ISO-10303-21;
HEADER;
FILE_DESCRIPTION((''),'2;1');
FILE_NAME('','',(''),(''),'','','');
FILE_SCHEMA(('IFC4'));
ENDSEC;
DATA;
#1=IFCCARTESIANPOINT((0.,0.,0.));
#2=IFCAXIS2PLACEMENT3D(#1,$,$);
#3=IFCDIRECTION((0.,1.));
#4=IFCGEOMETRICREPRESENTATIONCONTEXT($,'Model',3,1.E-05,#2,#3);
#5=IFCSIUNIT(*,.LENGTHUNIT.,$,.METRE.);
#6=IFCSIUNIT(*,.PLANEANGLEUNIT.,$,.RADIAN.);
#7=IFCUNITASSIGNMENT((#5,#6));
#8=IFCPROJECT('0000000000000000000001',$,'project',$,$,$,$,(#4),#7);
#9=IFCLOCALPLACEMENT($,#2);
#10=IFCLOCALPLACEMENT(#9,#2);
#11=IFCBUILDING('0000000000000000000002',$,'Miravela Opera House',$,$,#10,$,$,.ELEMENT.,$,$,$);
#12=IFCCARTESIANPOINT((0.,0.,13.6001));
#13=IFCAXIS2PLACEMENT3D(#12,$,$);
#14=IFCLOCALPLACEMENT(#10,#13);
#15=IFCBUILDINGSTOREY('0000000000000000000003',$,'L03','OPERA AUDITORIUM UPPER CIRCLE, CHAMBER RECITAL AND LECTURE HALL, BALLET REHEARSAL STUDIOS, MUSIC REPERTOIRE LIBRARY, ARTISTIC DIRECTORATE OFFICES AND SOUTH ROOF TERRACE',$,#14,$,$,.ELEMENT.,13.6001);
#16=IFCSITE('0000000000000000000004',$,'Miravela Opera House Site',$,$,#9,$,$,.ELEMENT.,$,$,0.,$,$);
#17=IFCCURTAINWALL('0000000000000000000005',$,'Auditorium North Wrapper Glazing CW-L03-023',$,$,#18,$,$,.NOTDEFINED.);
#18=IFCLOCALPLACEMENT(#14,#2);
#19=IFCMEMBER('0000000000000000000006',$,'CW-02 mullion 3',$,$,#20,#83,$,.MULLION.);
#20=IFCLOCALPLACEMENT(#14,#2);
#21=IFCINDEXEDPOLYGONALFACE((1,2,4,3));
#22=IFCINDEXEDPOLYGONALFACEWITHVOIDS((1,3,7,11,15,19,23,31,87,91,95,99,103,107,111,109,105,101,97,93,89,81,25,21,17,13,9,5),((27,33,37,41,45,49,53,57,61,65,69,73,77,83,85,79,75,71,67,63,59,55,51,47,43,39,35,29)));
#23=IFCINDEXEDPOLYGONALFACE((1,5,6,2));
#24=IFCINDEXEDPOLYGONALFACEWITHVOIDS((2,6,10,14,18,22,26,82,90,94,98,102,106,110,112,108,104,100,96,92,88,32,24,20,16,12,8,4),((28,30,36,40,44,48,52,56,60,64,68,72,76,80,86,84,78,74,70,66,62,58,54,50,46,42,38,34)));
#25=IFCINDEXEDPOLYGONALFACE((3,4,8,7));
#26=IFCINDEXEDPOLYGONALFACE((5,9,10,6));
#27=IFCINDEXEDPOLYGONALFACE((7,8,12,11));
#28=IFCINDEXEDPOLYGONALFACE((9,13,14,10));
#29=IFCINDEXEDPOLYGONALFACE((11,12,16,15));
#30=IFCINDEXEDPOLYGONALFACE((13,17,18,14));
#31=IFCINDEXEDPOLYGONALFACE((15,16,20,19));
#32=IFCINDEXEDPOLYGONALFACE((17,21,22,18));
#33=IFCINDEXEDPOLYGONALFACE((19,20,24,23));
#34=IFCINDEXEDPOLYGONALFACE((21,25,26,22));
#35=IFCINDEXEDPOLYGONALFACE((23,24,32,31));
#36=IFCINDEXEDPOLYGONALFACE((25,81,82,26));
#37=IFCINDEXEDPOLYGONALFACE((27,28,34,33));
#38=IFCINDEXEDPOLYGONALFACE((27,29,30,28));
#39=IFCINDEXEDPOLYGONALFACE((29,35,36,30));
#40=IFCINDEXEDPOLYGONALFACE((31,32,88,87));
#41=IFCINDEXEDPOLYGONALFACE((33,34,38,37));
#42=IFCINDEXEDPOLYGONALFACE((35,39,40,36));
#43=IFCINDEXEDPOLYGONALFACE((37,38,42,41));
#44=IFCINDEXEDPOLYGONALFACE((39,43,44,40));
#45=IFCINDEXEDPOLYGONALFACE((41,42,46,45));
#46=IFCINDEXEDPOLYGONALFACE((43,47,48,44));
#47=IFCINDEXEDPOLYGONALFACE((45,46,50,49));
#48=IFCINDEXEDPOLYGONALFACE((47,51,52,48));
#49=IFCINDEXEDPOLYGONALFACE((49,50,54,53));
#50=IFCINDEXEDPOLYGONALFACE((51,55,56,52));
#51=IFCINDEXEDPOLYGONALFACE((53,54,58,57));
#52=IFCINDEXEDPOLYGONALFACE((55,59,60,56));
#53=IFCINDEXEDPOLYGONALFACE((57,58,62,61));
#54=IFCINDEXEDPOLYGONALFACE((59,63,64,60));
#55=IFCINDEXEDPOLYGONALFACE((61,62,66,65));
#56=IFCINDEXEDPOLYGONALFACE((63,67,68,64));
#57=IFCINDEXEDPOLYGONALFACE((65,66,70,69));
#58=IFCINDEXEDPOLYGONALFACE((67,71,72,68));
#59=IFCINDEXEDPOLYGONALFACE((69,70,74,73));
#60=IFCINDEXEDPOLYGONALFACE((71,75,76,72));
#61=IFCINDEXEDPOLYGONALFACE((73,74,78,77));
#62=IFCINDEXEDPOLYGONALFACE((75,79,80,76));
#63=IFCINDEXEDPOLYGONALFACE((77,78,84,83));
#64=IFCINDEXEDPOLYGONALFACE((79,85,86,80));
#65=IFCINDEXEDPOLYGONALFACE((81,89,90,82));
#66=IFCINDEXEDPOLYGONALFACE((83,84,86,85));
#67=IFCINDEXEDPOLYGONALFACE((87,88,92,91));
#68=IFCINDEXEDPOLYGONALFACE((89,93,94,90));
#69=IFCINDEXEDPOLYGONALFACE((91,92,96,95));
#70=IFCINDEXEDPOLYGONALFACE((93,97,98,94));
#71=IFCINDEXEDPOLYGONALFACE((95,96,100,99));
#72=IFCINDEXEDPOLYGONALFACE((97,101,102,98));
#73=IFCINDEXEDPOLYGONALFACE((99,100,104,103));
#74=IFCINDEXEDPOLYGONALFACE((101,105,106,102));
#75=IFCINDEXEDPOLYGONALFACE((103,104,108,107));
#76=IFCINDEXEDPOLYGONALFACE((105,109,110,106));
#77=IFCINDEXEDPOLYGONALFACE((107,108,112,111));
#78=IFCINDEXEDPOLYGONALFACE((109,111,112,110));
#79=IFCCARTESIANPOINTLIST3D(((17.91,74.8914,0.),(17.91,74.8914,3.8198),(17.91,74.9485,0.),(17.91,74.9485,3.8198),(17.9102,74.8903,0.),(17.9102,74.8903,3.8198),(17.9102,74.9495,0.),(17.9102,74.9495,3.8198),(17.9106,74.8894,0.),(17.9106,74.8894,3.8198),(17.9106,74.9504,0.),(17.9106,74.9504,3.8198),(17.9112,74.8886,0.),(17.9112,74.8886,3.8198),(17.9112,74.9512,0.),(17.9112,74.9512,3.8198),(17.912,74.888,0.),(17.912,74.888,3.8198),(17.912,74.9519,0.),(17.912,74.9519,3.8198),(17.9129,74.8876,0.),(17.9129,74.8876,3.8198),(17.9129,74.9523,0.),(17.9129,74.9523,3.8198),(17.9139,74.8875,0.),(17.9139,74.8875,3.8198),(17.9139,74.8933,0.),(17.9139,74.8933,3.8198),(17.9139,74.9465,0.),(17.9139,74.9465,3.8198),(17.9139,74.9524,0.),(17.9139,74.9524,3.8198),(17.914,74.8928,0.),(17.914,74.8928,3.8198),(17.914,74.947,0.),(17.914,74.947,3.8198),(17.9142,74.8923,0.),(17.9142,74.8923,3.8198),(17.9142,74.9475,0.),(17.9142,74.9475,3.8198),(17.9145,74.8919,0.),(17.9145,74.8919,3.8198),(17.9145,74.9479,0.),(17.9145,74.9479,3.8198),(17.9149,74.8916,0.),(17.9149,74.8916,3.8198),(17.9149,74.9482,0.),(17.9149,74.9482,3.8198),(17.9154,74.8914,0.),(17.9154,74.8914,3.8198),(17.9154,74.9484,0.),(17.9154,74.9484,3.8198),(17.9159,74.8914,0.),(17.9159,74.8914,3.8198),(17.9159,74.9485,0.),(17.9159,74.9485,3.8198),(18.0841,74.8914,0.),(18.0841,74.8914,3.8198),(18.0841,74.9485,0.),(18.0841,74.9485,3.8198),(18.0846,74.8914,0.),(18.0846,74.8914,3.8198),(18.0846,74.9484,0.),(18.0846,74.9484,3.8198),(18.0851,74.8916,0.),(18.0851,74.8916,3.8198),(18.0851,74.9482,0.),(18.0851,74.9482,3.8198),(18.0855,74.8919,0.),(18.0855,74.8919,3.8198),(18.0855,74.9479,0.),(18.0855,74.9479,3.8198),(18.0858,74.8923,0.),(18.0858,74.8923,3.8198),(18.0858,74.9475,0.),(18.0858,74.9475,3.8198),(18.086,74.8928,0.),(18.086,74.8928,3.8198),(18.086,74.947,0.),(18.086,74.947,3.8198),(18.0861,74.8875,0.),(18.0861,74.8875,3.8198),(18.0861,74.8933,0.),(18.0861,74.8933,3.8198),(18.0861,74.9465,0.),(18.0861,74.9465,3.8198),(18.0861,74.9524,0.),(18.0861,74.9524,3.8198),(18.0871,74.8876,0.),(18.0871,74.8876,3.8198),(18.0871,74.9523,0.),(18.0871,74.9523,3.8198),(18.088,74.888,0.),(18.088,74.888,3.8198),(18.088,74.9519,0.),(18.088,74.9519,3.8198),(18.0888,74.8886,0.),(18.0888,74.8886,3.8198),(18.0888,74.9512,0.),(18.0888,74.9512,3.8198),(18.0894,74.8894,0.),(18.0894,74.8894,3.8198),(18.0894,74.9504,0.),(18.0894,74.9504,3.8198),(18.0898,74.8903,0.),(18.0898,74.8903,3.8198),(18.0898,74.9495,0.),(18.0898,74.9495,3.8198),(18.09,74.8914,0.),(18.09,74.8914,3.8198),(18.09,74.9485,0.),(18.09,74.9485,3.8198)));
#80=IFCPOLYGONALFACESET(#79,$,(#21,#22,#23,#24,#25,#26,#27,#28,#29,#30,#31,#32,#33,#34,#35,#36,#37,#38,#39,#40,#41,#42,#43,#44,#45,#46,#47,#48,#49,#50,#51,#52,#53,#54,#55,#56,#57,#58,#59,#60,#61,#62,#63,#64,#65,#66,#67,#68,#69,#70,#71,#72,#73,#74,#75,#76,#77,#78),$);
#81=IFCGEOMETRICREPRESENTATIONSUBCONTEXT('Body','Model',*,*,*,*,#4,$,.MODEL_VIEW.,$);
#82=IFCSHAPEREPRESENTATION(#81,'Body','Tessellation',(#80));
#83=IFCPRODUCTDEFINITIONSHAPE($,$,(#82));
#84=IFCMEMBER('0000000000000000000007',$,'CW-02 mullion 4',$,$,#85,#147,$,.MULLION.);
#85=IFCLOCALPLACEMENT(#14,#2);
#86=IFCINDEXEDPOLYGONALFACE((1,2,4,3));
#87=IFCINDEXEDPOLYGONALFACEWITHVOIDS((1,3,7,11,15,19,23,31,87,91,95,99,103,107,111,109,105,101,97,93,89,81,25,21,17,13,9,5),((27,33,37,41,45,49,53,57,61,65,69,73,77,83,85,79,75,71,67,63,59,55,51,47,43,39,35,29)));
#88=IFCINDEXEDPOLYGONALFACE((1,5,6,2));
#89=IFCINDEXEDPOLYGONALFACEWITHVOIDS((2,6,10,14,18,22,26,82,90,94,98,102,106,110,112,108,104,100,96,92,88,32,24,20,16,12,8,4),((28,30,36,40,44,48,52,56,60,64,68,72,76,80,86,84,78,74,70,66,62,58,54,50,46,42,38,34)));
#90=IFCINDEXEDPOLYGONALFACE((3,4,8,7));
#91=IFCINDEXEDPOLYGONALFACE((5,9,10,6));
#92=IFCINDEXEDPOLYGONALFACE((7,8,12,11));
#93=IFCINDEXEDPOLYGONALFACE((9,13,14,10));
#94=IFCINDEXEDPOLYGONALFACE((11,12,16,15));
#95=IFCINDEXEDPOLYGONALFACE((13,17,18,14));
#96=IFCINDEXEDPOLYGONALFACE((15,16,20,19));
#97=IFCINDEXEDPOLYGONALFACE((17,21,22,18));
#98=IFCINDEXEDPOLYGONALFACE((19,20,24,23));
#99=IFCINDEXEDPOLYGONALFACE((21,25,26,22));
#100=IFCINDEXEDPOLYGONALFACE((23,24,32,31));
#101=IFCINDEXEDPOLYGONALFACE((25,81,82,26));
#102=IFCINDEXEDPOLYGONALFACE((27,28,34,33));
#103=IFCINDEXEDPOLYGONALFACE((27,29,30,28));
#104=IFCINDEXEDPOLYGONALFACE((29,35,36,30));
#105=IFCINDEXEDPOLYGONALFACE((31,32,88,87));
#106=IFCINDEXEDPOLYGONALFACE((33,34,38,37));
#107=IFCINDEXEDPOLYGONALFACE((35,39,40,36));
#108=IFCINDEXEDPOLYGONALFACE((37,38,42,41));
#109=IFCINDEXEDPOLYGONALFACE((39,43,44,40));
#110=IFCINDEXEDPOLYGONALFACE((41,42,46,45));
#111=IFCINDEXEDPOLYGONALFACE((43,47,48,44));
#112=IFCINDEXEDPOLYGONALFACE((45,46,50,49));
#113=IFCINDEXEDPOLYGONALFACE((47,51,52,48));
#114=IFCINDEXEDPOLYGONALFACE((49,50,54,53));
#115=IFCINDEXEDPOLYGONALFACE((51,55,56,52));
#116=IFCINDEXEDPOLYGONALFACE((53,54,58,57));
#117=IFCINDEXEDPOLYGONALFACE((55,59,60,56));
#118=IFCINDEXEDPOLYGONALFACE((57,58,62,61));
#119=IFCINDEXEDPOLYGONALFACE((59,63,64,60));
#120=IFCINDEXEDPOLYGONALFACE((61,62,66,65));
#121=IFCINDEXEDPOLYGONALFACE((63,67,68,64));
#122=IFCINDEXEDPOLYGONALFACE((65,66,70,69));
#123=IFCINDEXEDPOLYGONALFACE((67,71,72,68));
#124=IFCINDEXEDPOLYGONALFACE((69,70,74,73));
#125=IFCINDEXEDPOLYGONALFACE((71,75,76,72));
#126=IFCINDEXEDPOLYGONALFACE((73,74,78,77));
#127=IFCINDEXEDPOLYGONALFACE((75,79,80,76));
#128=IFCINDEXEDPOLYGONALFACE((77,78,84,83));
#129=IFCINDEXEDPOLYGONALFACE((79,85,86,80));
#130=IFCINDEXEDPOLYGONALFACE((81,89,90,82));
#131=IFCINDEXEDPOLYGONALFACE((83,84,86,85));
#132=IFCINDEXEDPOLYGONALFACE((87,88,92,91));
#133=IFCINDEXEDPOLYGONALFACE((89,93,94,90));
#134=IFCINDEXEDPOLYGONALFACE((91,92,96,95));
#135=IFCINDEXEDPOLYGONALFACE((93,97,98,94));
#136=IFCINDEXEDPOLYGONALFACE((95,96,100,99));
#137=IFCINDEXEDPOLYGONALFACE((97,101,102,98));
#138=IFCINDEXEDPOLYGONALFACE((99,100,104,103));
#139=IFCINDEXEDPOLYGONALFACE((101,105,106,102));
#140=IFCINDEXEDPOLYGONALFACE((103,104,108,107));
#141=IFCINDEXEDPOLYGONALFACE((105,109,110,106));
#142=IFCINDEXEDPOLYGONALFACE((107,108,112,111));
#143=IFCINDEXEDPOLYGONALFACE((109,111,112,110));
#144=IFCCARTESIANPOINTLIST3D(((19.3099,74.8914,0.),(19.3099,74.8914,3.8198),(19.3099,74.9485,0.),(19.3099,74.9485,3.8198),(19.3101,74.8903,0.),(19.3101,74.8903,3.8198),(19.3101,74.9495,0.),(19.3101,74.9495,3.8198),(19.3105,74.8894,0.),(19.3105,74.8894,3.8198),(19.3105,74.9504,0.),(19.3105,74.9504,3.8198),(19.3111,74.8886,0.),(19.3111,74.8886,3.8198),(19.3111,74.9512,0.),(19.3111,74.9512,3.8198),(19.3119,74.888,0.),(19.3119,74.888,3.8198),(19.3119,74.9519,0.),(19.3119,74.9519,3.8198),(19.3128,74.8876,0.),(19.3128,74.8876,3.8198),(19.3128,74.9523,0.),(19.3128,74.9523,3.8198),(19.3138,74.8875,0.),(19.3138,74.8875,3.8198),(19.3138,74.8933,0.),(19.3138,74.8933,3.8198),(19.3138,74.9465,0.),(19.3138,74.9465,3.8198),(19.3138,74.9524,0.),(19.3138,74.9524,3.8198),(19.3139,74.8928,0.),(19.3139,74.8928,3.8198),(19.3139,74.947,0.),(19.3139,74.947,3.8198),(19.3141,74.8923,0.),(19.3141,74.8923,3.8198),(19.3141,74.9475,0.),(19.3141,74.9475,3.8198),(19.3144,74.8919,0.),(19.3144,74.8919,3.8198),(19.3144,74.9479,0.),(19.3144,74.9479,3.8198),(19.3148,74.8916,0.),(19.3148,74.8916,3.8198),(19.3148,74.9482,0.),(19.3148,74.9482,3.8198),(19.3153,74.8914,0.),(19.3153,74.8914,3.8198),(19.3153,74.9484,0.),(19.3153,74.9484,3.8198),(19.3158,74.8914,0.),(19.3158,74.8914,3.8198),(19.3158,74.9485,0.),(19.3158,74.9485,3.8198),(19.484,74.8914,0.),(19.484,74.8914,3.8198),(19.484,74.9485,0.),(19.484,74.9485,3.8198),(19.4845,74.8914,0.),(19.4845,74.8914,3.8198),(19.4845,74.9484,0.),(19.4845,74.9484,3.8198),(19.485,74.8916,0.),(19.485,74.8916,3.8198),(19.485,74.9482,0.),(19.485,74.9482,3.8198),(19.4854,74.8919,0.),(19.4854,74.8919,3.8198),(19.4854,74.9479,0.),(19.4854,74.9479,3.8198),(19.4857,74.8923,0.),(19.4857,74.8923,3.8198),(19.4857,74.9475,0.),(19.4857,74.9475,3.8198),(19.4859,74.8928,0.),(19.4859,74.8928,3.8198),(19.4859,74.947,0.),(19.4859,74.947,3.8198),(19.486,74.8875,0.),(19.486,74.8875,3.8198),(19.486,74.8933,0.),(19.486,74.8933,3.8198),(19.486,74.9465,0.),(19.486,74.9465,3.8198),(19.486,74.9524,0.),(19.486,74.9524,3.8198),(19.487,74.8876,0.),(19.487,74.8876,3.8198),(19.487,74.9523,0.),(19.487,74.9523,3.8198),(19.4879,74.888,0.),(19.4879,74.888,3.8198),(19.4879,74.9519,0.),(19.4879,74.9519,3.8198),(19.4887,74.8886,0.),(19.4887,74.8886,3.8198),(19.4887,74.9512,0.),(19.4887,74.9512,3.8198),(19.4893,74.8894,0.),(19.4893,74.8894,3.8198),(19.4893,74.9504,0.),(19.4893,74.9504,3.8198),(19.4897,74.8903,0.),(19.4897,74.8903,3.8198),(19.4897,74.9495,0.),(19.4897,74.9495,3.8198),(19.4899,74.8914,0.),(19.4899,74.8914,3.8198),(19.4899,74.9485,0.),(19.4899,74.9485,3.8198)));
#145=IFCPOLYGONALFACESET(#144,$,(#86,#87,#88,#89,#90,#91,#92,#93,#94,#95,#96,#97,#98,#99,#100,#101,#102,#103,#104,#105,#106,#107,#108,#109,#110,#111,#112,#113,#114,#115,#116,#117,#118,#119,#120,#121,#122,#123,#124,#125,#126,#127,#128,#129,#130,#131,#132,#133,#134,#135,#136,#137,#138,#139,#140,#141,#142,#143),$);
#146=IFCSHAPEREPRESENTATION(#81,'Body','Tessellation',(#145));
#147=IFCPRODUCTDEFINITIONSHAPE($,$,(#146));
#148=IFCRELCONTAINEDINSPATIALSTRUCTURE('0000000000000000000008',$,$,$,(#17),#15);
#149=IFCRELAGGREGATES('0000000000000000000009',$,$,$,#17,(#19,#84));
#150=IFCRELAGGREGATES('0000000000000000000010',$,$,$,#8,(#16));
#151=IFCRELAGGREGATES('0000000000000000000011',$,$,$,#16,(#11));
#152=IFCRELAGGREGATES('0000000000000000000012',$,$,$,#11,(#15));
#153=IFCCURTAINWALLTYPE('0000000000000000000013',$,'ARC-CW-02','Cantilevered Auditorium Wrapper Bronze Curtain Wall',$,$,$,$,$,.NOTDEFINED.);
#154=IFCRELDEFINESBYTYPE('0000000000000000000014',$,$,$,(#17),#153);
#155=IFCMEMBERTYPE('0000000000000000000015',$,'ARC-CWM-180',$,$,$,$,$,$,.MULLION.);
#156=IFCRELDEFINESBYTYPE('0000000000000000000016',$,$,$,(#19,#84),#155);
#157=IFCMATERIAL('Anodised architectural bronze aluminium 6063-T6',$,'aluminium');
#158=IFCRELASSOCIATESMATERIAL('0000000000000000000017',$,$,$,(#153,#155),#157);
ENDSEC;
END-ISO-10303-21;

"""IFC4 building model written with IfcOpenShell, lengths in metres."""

from ifc_helpers import new_model, si_unit, direction, frame, origin, origin_2d, place, context, subcontext, project, spatial, hollow_rectangle, extrude, material, material_profile, profile_set, type_object, element, aggregate, save


model = new_model("IFC4")

# Units and contexts
model_context = context("Model", 3, precision=1e-05, world=origin(), true_north=direction((0.0, 1.0)))
body_context = subcontext(model_context, "Body", "Model", "MODEL_VIEW")
ifc_project = project(units=[si_unit("LENGTHUNIT", "METRE"), si_unit("PLANEANGLEUNIT", "RADIAN")], contexts=[model_context])

# Site, building, storey
site_placement = place(None, origin())
site = spatial("IfcSite", under=ifc_project, at=site_placement, Name="Miravela Opera House Site", CompositionType="ELEMENT", RefElevation=0.0)
building_placement = place(site_placement, origin())
building = spatial("IfcBuilding", under=site, at=building_placement, Name="Miravela Opera House", CompositionType="ELEMENT")
storey_placement = place(building_placement, frame((0.0, 0.0, 13.6001)))
storey = spatial("IfcBuildingStorey", under=building, at=storey_placement, Name="L03", Description="OPERA AUDITORIUM UPPER CIRCLE, CHAMBER RECITAL AND LECTURE HALL, BALLET REHEARSAL STUDIOS, MUSIC REPERTOIRE LIBRARY, ARTISTIC DIRECTORATE OFFICES AND SOUTH ROOF TERRACE", CompositionType="ELEMENT", Elevation=13.6001)

# Curtain wall, members
ifc_material_1 = material(Name="Anodised architectural bronze aluminium 6063-T6", Category="aluminium")
curtain_wall_type = type_object("IfcCurtainWallType", Name="ARC-CW-02", Description="Cantilevered Auditorium Wrapper Bronze Curtain Wall", PredefinedType="NOTDEFINED", material=ifc_material_1)
curtain_wall_placement = place(storey_placement, origin())
curtain_wall = element("IfcCurtainWall", 1, at=curtain_wall_placement, inside=storey, type_object=curtain_wall_type, Name="Auditorium North Wrapper Glazing CW-L03-023", PredefinedType="NOTDEFINED")
ifc_material_profile_1 = material_profile(ifc_material_1, hollow_rectangle(XDim=0.0649, YDim=0.1799, WallThickness=0.0039, InnerFilletRadius=0.002, OuterFilletRadius=0.0039, at=origin_2d()), Name="CWM-65X180")
ifc_profile_set_1 = profile_set([ifc_material_profile_1])
member_type_1 = type_object("IfcMemberType", Name="ARC-CWM-180", PredefinedType="MULLION", material=ifc_profile_set_1)
member_1_placement = place(storey_placement, frame((18.0, 74.9199, 0.0), z_axis=(0.0, 0.0, 1.0), x_axis=(0.0, 1.0, 0.0)))
member_1 = element("IfcMember", 2, at=member_1_placement, type_object=member_type_1, Name="CW-02 mullion 3", PredefinedType="MULLION", context=body_context, shape_type="SweptSolid", body=[
    extrude(hollow_rectangle(XDim=0.0649, YDim=0.1799, WallThickness=0.0039, InnerFilletRadius=0.002, OuterFilletRadius=0.0039, at=origin_2d()), origin(), (0.0, 0.0, 1.0), 3.8198),
])
member_2_placement = place(storey_placement, frame((19.3999, 74.9199, 0.0), z_axis=(0.0, 0.0, 1.0), x_axis=(0.0, 1.0, 0.0)))
member_2 = element("IfcMember", 3, at=member_2_placement, type_object=member_type_1, Name="CW-02 mullion 4", PredefinedType="MULLION", context=body_context, shape_type="SweptSolid", body=[
    extrude(hollow_rectangle(XDim=0.0649, YDim=0.1799, WallThickness=0.0039, InnerFilletRadius=0.002, OuterFilletRadius=0.0039, at=origin_2d()), origin(), (0.0, 0.0, 1.0), 3.8198),
])
aggregate(curtain_wall, [member_1, member_2])

save(model, "model.ifc")
